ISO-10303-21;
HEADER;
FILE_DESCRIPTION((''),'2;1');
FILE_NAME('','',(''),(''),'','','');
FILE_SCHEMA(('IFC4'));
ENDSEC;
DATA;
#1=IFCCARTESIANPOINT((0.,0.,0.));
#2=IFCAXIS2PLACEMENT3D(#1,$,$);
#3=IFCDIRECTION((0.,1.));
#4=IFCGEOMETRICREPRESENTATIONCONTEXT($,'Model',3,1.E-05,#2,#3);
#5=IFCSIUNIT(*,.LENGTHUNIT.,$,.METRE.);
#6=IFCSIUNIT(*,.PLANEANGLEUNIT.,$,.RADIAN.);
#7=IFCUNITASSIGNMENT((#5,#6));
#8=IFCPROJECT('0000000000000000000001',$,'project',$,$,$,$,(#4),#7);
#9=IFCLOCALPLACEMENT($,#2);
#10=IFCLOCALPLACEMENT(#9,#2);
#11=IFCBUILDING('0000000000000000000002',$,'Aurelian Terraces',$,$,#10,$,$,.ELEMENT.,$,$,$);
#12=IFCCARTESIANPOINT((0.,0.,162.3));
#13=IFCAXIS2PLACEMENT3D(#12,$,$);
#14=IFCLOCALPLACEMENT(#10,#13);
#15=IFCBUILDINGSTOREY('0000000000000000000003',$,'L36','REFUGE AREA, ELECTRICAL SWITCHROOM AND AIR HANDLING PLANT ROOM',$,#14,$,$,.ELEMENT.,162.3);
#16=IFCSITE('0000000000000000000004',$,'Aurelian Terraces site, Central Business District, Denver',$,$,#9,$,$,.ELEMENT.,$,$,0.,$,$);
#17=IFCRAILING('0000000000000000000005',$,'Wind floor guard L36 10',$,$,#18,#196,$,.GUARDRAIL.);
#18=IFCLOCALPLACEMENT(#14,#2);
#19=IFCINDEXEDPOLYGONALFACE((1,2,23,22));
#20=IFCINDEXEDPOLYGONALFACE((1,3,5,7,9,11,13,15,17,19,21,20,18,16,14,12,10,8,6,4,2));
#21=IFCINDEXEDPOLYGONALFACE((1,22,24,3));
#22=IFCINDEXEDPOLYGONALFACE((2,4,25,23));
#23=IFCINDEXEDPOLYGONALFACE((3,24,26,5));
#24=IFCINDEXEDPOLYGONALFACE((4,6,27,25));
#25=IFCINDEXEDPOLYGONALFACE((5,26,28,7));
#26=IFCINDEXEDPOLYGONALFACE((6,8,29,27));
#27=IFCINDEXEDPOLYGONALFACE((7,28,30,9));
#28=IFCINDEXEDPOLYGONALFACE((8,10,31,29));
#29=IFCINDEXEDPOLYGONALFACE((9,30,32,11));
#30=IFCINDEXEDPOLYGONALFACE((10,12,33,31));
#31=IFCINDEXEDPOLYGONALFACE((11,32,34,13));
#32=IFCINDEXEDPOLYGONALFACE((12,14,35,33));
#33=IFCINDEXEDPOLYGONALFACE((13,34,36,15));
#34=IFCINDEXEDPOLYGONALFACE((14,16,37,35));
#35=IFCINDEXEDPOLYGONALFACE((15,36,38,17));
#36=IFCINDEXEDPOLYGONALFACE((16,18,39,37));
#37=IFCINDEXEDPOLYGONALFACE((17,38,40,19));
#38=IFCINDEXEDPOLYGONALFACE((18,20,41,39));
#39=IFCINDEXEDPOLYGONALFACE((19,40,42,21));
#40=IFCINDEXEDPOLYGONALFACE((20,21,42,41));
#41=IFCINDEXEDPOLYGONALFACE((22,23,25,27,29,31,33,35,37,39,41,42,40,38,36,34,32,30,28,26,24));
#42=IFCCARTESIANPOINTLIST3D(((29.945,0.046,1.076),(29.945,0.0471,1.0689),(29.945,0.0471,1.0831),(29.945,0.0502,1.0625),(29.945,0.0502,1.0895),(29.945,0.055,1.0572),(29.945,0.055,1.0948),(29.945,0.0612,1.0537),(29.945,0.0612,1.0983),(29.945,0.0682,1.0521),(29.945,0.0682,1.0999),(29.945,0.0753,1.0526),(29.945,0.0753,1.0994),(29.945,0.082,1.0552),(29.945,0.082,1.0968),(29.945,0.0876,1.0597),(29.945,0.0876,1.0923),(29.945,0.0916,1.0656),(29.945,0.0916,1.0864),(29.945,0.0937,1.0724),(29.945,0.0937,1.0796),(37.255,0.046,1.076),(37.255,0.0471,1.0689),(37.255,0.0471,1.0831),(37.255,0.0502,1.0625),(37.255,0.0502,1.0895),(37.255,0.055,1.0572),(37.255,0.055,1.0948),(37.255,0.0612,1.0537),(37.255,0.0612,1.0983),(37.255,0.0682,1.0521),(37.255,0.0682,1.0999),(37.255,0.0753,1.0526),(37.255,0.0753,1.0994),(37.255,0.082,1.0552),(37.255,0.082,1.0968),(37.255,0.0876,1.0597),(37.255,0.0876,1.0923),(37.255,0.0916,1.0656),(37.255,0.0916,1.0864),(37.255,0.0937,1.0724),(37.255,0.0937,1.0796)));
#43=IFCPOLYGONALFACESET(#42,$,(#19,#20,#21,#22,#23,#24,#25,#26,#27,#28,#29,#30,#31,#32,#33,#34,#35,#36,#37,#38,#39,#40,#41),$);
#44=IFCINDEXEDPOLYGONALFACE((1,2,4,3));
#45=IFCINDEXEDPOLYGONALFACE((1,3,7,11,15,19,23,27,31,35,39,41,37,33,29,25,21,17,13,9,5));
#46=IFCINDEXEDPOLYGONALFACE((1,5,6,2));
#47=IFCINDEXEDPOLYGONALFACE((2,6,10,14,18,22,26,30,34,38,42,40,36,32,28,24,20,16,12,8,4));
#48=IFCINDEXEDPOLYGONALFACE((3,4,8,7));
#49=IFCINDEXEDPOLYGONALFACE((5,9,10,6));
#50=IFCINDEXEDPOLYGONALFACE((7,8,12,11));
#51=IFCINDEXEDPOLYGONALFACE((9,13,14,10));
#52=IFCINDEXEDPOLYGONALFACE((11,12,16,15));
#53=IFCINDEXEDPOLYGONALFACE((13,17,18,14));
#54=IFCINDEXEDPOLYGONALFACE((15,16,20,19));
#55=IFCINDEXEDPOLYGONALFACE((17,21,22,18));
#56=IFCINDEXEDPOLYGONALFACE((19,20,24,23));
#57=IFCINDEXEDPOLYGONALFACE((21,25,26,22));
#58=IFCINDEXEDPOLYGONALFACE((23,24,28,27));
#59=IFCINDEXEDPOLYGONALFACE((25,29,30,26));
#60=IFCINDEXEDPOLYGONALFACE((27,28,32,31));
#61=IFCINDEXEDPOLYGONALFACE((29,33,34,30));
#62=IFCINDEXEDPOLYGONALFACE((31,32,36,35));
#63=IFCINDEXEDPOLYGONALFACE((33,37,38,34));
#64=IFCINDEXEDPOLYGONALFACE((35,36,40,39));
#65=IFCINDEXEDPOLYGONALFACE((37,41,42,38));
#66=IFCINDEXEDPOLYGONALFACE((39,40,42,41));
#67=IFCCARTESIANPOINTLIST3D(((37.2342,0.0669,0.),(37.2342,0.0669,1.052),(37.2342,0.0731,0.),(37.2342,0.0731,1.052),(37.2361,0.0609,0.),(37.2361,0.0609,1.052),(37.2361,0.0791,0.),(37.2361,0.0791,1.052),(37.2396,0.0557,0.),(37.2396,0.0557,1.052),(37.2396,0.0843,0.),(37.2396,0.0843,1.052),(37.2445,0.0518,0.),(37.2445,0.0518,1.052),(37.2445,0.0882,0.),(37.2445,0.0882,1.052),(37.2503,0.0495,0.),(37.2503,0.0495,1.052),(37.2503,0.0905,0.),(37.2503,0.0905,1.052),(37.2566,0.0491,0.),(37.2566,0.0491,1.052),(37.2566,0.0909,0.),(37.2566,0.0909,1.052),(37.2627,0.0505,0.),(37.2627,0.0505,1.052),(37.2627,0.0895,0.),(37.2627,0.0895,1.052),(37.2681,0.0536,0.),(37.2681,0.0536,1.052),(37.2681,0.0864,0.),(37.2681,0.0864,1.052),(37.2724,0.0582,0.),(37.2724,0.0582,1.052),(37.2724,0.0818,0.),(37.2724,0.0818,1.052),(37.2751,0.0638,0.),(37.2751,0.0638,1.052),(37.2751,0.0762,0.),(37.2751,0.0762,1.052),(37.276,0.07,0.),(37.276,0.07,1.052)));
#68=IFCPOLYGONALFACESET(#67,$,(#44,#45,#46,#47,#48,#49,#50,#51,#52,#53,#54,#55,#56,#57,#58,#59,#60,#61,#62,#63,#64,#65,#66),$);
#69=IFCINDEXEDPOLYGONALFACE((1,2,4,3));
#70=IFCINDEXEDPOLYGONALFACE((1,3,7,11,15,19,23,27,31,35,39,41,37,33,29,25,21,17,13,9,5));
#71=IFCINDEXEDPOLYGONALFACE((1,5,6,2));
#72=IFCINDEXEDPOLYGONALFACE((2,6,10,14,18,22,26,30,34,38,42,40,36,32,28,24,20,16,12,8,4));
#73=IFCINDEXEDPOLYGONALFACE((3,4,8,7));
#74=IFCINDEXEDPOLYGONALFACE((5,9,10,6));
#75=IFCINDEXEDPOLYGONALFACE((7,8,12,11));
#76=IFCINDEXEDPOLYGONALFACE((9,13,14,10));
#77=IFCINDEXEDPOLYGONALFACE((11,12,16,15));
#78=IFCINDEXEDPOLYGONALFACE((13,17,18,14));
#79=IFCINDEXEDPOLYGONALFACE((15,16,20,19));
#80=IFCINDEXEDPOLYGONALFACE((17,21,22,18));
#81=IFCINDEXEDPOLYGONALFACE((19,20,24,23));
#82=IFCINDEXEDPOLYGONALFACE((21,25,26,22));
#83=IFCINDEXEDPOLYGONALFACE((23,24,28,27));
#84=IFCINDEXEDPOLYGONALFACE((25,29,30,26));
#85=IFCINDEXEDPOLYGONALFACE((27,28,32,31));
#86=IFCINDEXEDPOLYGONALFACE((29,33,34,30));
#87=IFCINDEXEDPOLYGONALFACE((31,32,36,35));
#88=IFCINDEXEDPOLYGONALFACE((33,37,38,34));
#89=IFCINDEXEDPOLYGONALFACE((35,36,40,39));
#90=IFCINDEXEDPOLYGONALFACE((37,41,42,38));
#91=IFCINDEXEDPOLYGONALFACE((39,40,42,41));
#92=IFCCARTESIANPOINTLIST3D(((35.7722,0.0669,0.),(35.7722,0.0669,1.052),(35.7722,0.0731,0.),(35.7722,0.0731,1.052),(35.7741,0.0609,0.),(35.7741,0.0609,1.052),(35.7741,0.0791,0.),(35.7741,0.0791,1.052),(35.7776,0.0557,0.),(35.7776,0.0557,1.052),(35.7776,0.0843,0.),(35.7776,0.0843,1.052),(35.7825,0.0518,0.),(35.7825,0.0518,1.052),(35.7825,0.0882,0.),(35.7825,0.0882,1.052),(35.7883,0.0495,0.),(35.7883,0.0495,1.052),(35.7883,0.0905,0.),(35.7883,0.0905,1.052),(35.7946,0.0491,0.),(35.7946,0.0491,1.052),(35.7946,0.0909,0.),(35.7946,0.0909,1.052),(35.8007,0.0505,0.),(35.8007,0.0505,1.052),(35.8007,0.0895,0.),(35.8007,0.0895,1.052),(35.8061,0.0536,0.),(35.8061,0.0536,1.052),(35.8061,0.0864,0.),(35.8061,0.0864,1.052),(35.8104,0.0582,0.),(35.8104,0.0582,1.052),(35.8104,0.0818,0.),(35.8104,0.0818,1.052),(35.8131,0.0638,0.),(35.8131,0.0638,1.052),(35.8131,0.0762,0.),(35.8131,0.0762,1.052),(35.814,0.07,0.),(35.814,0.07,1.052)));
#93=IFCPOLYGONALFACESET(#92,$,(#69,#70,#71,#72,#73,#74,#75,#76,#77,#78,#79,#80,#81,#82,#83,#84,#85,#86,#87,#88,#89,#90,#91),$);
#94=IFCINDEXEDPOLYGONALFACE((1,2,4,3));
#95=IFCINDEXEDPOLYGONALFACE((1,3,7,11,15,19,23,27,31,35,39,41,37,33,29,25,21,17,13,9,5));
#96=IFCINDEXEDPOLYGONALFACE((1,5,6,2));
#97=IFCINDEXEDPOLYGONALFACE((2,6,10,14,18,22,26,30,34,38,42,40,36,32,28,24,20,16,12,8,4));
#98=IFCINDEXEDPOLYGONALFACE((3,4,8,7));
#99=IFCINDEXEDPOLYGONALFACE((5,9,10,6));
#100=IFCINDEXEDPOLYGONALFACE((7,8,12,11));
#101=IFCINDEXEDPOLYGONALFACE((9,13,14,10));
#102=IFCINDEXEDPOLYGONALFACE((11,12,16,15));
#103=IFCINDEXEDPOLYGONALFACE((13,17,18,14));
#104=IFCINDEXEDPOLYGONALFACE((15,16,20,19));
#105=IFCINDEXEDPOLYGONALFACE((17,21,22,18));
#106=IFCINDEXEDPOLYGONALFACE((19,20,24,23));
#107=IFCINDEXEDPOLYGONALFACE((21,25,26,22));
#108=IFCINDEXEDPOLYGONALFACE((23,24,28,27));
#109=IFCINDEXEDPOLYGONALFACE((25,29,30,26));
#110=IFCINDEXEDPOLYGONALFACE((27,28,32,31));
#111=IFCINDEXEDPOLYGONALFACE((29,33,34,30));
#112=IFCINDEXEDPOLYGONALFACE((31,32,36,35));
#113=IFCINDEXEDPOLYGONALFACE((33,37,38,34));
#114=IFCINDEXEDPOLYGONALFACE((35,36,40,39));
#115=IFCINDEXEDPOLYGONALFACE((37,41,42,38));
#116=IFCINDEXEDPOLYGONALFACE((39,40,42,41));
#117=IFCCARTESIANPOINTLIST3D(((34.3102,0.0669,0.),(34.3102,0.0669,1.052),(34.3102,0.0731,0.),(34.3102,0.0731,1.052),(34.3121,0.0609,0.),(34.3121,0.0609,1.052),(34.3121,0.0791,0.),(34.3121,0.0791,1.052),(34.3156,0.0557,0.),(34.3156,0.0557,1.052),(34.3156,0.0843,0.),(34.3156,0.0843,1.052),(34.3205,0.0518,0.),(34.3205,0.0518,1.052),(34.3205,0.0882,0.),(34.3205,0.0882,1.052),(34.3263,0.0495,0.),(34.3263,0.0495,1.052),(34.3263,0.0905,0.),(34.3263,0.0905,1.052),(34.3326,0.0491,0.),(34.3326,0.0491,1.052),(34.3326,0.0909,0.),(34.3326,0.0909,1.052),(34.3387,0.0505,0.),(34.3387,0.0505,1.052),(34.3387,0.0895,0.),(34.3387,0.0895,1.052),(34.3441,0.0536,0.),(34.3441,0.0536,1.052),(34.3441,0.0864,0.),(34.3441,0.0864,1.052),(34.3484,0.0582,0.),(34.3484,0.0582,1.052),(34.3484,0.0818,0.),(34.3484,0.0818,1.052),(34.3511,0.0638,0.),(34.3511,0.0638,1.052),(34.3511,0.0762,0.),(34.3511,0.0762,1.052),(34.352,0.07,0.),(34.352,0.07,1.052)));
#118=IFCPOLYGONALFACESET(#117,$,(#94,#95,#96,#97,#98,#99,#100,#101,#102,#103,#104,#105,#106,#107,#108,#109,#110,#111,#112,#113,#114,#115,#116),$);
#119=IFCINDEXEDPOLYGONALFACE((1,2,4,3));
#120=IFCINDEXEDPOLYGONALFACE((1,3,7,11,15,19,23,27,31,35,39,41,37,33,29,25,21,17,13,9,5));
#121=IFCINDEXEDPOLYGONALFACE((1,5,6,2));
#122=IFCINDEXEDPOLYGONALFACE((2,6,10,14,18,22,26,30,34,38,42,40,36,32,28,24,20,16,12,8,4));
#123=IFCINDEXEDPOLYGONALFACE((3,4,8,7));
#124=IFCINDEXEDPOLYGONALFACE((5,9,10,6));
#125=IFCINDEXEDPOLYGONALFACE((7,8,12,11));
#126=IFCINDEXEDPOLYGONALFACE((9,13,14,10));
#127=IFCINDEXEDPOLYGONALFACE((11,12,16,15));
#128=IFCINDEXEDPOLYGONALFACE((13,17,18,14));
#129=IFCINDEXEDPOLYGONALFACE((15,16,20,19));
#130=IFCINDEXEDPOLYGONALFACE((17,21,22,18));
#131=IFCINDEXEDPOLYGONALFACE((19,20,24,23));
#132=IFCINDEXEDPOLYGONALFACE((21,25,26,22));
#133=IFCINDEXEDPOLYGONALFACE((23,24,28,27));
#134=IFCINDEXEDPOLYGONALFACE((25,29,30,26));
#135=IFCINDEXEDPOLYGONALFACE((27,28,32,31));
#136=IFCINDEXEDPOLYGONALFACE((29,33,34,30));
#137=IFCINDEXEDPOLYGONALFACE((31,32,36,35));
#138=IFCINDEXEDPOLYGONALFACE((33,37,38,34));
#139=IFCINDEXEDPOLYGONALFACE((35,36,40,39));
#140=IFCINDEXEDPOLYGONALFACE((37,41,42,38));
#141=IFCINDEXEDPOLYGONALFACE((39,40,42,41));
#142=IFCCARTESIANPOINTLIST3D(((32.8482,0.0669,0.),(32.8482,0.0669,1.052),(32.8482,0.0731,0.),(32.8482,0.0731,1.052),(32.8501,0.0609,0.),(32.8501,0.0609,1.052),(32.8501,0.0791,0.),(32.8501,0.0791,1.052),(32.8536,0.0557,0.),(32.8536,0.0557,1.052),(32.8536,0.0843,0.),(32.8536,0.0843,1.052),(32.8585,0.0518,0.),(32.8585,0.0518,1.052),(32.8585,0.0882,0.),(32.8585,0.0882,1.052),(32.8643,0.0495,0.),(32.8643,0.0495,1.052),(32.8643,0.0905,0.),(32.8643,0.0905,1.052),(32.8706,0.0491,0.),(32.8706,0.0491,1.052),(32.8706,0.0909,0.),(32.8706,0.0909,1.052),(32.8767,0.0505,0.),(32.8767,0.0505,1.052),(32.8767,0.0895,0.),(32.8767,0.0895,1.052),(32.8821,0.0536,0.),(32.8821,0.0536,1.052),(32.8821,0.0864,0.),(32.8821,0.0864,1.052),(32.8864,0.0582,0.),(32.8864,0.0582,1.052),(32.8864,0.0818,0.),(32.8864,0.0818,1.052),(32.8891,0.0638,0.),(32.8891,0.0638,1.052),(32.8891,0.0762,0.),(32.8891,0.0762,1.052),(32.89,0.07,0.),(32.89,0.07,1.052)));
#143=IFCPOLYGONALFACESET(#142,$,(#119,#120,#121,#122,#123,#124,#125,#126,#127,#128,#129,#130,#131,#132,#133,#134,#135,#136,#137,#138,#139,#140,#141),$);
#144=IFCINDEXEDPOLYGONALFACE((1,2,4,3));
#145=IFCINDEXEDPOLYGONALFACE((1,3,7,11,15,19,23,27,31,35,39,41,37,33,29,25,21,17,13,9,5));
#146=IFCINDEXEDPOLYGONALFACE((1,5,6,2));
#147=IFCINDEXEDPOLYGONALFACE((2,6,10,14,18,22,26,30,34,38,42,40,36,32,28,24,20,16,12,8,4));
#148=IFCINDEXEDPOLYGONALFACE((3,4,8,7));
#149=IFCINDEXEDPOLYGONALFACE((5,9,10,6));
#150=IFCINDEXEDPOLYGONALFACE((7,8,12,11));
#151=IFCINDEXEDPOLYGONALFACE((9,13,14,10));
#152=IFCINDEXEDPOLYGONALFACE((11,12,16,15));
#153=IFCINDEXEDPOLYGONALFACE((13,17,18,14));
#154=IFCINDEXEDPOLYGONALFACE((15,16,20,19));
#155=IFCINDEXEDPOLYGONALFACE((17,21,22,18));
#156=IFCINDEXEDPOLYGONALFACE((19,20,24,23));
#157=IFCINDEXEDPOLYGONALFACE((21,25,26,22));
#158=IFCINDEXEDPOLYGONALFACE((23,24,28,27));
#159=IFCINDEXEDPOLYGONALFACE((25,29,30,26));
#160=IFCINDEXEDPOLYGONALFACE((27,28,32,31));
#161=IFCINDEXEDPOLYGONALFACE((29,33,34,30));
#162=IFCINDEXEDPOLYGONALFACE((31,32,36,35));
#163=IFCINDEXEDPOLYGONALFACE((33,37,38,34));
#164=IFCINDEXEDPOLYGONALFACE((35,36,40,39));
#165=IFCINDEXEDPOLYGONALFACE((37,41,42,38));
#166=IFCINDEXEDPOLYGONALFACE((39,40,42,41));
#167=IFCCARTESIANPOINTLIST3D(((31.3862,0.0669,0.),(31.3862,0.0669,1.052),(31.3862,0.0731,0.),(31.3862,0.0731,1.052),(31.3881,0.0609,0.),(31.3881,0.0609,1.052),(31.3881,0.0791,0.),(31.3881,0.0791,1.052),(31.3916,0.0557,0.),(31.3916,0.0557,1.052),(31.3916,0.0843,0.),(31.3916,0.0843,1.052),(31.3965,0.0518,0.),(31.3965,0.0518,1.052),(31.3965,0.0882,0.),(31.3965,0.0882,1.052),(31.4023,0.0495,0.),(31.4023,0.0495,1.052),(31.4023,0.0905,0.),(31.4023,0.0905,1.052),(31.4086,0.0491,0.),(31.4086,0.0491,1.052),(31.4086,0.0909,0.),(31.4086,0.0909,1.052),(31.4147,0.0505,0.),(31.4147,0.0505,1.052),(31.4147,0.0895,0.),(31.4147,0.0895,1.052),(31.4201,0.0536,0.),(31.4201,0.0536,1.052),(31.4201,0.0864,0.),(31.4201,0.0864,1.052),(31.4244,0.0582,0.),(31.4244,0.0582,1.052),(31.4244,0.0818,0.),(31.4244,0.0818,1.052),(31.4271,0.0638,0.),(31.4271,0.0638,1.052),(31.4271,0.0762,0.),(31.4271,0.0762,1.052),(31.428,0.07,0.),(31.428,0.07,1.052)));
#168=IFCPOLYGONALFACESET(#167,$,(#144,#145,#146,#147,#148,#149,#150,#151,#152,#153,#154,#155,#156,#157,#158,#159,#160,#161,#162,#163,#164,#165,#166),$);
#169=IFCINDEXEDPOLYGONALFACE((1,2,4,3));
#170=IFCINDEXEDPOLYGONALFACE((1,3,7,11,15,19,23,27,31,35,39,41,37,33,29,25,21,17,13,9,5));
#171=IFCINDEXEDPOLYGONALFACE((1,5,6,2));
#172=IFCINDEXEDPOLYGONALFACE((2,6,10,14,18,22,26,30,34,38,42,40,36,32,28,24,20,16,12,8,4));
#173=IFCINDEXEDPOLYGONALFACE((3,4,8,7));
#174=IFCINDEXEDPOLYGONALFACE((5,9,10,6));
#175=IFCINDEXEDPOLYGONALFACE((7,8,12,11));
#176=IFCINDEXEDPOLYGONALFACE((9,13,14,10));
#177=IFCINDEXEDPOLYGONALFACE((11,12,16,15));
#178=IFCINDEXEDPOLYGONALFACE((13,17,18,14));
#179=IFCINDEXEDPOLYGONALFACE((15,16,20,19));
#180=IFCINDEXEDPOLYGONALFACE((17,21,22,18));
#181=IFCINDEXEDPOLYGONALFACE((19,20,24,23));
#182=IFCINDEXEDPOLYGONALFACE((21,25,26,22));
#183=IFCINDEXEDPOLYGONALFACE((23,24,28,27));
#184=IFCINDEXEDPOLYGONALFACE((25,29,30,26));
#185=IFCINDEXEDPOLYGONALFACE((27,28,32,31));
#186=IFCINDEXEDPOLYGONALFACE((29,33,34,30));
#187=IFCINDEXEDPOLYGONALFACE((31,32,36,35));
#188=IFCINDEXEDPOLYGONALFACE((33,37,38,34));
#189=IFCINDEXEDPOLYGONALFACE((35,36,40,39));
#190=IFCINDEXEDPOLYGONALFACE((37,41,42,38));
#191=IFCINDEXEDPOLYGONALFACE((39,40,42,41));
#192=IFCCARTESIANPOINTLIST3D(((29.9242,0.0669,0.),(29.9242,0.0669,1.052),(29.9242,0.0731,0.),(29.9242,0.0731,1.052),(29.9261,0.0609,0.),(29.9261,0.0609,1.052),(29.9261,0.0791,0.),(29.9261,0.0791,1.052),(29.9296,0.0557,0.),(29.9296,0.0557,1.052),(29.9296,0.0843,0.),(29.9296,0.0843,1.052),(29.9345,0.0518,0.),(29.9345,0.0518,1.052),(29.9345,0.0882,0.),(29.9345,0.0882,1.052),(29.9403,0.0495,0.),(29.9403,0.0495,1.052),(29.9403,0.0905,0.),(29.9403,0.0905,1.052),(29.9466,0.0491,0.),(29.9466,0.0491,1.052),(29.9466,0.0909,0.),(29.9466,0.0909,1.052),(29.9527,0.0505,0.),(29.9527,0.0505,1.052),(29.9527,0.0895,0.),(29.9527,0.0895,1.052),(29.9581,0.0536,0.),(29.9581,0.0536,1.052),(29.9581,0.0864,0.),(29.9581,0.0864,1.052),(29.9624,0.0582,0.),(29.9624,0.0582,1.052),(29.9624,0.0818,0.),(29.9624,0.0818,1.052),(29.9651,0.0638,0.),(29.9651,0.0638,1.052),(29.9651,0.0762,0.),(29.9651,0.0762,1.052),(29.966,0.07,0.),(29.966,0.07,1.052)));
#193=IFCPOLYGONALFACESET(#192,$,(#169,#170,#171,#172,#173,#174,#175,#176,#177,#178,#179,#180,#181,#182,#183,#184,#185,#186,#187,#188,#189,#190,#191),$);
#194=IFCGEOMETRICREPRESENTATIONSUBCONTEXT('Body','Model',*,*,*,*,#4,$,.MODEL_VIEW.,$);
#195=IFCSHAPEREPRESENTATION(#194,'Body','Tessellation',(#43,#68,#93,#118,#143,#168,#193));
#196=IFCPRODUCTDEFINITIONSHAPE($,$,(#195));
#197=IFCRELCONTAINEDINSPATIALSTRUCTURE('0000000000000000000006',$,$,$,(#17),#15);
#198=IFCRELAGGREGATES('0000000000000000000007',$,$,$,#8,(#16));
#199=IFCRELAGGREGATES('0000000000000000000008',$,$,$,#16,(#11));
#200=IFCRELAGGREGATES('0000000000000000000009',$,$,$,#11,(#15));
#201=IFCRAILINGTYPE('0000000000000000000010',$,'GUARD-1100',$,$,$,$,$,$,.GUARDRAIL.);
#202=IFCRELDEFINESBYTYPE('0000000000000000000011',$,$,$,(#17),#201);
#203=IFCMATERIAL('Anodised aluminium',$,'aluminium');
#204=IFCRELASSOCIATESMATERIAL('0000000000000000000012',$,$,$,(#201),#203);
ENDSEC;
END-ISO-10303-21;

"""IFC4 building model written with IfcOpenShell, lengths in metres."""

from ifc_helpers import new_model, si_unit, direction, frame, origin, origin_2d, place, context, subcontext, project, spatial, circle, extrude, source, transform, mapped, material, type_object, element, save


model = new_model("IFC4")

# Units and contexts
model_context = context("Model", 3, precision=1e-05, world=origin(), true_north=direction((0.0, 1.0)))
body_context = subcontext(model_context, "Body", "Model", "MODEL_VIEW")
ifc_project = project(units=[si_unit("LENGTHUNIT", "METRE"), si_unit("PLANEANGLEUNIT", "RADIAN")], contexts=[model_context])

# Site, building, storey
site_placement = place(None, origin())
site = spatial("IfcSite", under=ifc_project, at=site_placement, Name="Aurelian Terraces site, Central Business District, Denver", CompositionType="ELEMENT", RefElevation=0.0)
building_placement = place(site_placement, origin())
building = spatial("IfcBuilding", under=site, at=building_placement, Name="Aurelian Terraces", CompositionType="ELEMENT")
storey_placement = place(building_placement, frame((0.0, 0.0, 162.3)))
storey = spatial("IfcBuildingStorey", under=building, at=storey_placement, Name="L36", Description="REFUGE AREA, ELECTRICAL SWITCHROOM AND AIR HANDLING PLANT ROOM", CompositionType="ELEMENT", Elevation=162.3)

# Railing
ifc_material_1 = material(Name="Anodised aluminium", Category="aluminium")
railing_type_1 = type_object("IfcRailingType", Name="GUARD-1100", PredefinedType="GUARDRAIL", material=ifc_material_1)
shared_shape_1 = source(origin(), body_context, "Body", "SweptSolid", [
    extrude(circle(Radius=0.024, at=origin_2d()), frame((0.0, 0.0, 1.076), z_axis=(-1.0, 0.0, 0.0), x_axis=(0.0, -1.0, 0.0)), (0.0, 0.0, 1.0), 7.31),
    extrude(circle(Radius=0.021, at=origin_2d()), origin(), (0.0, 0.0, 1.0), 1.052),
    extrude(circle(Radius=0.021, at=origin_2d()), frame((-1.462, 0.0, 0.0)), (0.0, 0.0, 1.0), 1.052),
    extrude(circle(Radius=0.021, at=origin_2d()), frame((-2.924, 0.0, 0.0)), (0.0, 0.0, 1.0), 1.052),
    extrude(circle(Radius=0.021, at=origin_2d()), frame((-4.386, 0.0, 0.0)), (0.0, 0.0, 1.0), 1.052),
    extrude(circle(Radius=0.021, at=origin_2d()), frame((-5.848, 0.0, 0.0)), (0.0, 0.0, 1.0), 1.052),
    extrude(circle(Radius=0.021, at=origin_2d()), frame((-7.31, 0.0, 0.0)), (0.0, 0.0, 1.0), 1.052),
])
for number, where, name in (
    (1, (37.255, 0.07, 0.0), "Wind floor guard L36 10"),
):
    element("IfcRailing", number, at=place(storey_placement, frame(where)), inside=storey, type_object=railing_type_1, Name=name, PredefinedType="GUARDRAIL", context=body_context, shape_type="MappedRepresentation", body=[
        mapped(shared_shape_1, transform((0.0, 0.0, 0.0), scale=1.0)),
    ])

save(model, "model.ifc")
